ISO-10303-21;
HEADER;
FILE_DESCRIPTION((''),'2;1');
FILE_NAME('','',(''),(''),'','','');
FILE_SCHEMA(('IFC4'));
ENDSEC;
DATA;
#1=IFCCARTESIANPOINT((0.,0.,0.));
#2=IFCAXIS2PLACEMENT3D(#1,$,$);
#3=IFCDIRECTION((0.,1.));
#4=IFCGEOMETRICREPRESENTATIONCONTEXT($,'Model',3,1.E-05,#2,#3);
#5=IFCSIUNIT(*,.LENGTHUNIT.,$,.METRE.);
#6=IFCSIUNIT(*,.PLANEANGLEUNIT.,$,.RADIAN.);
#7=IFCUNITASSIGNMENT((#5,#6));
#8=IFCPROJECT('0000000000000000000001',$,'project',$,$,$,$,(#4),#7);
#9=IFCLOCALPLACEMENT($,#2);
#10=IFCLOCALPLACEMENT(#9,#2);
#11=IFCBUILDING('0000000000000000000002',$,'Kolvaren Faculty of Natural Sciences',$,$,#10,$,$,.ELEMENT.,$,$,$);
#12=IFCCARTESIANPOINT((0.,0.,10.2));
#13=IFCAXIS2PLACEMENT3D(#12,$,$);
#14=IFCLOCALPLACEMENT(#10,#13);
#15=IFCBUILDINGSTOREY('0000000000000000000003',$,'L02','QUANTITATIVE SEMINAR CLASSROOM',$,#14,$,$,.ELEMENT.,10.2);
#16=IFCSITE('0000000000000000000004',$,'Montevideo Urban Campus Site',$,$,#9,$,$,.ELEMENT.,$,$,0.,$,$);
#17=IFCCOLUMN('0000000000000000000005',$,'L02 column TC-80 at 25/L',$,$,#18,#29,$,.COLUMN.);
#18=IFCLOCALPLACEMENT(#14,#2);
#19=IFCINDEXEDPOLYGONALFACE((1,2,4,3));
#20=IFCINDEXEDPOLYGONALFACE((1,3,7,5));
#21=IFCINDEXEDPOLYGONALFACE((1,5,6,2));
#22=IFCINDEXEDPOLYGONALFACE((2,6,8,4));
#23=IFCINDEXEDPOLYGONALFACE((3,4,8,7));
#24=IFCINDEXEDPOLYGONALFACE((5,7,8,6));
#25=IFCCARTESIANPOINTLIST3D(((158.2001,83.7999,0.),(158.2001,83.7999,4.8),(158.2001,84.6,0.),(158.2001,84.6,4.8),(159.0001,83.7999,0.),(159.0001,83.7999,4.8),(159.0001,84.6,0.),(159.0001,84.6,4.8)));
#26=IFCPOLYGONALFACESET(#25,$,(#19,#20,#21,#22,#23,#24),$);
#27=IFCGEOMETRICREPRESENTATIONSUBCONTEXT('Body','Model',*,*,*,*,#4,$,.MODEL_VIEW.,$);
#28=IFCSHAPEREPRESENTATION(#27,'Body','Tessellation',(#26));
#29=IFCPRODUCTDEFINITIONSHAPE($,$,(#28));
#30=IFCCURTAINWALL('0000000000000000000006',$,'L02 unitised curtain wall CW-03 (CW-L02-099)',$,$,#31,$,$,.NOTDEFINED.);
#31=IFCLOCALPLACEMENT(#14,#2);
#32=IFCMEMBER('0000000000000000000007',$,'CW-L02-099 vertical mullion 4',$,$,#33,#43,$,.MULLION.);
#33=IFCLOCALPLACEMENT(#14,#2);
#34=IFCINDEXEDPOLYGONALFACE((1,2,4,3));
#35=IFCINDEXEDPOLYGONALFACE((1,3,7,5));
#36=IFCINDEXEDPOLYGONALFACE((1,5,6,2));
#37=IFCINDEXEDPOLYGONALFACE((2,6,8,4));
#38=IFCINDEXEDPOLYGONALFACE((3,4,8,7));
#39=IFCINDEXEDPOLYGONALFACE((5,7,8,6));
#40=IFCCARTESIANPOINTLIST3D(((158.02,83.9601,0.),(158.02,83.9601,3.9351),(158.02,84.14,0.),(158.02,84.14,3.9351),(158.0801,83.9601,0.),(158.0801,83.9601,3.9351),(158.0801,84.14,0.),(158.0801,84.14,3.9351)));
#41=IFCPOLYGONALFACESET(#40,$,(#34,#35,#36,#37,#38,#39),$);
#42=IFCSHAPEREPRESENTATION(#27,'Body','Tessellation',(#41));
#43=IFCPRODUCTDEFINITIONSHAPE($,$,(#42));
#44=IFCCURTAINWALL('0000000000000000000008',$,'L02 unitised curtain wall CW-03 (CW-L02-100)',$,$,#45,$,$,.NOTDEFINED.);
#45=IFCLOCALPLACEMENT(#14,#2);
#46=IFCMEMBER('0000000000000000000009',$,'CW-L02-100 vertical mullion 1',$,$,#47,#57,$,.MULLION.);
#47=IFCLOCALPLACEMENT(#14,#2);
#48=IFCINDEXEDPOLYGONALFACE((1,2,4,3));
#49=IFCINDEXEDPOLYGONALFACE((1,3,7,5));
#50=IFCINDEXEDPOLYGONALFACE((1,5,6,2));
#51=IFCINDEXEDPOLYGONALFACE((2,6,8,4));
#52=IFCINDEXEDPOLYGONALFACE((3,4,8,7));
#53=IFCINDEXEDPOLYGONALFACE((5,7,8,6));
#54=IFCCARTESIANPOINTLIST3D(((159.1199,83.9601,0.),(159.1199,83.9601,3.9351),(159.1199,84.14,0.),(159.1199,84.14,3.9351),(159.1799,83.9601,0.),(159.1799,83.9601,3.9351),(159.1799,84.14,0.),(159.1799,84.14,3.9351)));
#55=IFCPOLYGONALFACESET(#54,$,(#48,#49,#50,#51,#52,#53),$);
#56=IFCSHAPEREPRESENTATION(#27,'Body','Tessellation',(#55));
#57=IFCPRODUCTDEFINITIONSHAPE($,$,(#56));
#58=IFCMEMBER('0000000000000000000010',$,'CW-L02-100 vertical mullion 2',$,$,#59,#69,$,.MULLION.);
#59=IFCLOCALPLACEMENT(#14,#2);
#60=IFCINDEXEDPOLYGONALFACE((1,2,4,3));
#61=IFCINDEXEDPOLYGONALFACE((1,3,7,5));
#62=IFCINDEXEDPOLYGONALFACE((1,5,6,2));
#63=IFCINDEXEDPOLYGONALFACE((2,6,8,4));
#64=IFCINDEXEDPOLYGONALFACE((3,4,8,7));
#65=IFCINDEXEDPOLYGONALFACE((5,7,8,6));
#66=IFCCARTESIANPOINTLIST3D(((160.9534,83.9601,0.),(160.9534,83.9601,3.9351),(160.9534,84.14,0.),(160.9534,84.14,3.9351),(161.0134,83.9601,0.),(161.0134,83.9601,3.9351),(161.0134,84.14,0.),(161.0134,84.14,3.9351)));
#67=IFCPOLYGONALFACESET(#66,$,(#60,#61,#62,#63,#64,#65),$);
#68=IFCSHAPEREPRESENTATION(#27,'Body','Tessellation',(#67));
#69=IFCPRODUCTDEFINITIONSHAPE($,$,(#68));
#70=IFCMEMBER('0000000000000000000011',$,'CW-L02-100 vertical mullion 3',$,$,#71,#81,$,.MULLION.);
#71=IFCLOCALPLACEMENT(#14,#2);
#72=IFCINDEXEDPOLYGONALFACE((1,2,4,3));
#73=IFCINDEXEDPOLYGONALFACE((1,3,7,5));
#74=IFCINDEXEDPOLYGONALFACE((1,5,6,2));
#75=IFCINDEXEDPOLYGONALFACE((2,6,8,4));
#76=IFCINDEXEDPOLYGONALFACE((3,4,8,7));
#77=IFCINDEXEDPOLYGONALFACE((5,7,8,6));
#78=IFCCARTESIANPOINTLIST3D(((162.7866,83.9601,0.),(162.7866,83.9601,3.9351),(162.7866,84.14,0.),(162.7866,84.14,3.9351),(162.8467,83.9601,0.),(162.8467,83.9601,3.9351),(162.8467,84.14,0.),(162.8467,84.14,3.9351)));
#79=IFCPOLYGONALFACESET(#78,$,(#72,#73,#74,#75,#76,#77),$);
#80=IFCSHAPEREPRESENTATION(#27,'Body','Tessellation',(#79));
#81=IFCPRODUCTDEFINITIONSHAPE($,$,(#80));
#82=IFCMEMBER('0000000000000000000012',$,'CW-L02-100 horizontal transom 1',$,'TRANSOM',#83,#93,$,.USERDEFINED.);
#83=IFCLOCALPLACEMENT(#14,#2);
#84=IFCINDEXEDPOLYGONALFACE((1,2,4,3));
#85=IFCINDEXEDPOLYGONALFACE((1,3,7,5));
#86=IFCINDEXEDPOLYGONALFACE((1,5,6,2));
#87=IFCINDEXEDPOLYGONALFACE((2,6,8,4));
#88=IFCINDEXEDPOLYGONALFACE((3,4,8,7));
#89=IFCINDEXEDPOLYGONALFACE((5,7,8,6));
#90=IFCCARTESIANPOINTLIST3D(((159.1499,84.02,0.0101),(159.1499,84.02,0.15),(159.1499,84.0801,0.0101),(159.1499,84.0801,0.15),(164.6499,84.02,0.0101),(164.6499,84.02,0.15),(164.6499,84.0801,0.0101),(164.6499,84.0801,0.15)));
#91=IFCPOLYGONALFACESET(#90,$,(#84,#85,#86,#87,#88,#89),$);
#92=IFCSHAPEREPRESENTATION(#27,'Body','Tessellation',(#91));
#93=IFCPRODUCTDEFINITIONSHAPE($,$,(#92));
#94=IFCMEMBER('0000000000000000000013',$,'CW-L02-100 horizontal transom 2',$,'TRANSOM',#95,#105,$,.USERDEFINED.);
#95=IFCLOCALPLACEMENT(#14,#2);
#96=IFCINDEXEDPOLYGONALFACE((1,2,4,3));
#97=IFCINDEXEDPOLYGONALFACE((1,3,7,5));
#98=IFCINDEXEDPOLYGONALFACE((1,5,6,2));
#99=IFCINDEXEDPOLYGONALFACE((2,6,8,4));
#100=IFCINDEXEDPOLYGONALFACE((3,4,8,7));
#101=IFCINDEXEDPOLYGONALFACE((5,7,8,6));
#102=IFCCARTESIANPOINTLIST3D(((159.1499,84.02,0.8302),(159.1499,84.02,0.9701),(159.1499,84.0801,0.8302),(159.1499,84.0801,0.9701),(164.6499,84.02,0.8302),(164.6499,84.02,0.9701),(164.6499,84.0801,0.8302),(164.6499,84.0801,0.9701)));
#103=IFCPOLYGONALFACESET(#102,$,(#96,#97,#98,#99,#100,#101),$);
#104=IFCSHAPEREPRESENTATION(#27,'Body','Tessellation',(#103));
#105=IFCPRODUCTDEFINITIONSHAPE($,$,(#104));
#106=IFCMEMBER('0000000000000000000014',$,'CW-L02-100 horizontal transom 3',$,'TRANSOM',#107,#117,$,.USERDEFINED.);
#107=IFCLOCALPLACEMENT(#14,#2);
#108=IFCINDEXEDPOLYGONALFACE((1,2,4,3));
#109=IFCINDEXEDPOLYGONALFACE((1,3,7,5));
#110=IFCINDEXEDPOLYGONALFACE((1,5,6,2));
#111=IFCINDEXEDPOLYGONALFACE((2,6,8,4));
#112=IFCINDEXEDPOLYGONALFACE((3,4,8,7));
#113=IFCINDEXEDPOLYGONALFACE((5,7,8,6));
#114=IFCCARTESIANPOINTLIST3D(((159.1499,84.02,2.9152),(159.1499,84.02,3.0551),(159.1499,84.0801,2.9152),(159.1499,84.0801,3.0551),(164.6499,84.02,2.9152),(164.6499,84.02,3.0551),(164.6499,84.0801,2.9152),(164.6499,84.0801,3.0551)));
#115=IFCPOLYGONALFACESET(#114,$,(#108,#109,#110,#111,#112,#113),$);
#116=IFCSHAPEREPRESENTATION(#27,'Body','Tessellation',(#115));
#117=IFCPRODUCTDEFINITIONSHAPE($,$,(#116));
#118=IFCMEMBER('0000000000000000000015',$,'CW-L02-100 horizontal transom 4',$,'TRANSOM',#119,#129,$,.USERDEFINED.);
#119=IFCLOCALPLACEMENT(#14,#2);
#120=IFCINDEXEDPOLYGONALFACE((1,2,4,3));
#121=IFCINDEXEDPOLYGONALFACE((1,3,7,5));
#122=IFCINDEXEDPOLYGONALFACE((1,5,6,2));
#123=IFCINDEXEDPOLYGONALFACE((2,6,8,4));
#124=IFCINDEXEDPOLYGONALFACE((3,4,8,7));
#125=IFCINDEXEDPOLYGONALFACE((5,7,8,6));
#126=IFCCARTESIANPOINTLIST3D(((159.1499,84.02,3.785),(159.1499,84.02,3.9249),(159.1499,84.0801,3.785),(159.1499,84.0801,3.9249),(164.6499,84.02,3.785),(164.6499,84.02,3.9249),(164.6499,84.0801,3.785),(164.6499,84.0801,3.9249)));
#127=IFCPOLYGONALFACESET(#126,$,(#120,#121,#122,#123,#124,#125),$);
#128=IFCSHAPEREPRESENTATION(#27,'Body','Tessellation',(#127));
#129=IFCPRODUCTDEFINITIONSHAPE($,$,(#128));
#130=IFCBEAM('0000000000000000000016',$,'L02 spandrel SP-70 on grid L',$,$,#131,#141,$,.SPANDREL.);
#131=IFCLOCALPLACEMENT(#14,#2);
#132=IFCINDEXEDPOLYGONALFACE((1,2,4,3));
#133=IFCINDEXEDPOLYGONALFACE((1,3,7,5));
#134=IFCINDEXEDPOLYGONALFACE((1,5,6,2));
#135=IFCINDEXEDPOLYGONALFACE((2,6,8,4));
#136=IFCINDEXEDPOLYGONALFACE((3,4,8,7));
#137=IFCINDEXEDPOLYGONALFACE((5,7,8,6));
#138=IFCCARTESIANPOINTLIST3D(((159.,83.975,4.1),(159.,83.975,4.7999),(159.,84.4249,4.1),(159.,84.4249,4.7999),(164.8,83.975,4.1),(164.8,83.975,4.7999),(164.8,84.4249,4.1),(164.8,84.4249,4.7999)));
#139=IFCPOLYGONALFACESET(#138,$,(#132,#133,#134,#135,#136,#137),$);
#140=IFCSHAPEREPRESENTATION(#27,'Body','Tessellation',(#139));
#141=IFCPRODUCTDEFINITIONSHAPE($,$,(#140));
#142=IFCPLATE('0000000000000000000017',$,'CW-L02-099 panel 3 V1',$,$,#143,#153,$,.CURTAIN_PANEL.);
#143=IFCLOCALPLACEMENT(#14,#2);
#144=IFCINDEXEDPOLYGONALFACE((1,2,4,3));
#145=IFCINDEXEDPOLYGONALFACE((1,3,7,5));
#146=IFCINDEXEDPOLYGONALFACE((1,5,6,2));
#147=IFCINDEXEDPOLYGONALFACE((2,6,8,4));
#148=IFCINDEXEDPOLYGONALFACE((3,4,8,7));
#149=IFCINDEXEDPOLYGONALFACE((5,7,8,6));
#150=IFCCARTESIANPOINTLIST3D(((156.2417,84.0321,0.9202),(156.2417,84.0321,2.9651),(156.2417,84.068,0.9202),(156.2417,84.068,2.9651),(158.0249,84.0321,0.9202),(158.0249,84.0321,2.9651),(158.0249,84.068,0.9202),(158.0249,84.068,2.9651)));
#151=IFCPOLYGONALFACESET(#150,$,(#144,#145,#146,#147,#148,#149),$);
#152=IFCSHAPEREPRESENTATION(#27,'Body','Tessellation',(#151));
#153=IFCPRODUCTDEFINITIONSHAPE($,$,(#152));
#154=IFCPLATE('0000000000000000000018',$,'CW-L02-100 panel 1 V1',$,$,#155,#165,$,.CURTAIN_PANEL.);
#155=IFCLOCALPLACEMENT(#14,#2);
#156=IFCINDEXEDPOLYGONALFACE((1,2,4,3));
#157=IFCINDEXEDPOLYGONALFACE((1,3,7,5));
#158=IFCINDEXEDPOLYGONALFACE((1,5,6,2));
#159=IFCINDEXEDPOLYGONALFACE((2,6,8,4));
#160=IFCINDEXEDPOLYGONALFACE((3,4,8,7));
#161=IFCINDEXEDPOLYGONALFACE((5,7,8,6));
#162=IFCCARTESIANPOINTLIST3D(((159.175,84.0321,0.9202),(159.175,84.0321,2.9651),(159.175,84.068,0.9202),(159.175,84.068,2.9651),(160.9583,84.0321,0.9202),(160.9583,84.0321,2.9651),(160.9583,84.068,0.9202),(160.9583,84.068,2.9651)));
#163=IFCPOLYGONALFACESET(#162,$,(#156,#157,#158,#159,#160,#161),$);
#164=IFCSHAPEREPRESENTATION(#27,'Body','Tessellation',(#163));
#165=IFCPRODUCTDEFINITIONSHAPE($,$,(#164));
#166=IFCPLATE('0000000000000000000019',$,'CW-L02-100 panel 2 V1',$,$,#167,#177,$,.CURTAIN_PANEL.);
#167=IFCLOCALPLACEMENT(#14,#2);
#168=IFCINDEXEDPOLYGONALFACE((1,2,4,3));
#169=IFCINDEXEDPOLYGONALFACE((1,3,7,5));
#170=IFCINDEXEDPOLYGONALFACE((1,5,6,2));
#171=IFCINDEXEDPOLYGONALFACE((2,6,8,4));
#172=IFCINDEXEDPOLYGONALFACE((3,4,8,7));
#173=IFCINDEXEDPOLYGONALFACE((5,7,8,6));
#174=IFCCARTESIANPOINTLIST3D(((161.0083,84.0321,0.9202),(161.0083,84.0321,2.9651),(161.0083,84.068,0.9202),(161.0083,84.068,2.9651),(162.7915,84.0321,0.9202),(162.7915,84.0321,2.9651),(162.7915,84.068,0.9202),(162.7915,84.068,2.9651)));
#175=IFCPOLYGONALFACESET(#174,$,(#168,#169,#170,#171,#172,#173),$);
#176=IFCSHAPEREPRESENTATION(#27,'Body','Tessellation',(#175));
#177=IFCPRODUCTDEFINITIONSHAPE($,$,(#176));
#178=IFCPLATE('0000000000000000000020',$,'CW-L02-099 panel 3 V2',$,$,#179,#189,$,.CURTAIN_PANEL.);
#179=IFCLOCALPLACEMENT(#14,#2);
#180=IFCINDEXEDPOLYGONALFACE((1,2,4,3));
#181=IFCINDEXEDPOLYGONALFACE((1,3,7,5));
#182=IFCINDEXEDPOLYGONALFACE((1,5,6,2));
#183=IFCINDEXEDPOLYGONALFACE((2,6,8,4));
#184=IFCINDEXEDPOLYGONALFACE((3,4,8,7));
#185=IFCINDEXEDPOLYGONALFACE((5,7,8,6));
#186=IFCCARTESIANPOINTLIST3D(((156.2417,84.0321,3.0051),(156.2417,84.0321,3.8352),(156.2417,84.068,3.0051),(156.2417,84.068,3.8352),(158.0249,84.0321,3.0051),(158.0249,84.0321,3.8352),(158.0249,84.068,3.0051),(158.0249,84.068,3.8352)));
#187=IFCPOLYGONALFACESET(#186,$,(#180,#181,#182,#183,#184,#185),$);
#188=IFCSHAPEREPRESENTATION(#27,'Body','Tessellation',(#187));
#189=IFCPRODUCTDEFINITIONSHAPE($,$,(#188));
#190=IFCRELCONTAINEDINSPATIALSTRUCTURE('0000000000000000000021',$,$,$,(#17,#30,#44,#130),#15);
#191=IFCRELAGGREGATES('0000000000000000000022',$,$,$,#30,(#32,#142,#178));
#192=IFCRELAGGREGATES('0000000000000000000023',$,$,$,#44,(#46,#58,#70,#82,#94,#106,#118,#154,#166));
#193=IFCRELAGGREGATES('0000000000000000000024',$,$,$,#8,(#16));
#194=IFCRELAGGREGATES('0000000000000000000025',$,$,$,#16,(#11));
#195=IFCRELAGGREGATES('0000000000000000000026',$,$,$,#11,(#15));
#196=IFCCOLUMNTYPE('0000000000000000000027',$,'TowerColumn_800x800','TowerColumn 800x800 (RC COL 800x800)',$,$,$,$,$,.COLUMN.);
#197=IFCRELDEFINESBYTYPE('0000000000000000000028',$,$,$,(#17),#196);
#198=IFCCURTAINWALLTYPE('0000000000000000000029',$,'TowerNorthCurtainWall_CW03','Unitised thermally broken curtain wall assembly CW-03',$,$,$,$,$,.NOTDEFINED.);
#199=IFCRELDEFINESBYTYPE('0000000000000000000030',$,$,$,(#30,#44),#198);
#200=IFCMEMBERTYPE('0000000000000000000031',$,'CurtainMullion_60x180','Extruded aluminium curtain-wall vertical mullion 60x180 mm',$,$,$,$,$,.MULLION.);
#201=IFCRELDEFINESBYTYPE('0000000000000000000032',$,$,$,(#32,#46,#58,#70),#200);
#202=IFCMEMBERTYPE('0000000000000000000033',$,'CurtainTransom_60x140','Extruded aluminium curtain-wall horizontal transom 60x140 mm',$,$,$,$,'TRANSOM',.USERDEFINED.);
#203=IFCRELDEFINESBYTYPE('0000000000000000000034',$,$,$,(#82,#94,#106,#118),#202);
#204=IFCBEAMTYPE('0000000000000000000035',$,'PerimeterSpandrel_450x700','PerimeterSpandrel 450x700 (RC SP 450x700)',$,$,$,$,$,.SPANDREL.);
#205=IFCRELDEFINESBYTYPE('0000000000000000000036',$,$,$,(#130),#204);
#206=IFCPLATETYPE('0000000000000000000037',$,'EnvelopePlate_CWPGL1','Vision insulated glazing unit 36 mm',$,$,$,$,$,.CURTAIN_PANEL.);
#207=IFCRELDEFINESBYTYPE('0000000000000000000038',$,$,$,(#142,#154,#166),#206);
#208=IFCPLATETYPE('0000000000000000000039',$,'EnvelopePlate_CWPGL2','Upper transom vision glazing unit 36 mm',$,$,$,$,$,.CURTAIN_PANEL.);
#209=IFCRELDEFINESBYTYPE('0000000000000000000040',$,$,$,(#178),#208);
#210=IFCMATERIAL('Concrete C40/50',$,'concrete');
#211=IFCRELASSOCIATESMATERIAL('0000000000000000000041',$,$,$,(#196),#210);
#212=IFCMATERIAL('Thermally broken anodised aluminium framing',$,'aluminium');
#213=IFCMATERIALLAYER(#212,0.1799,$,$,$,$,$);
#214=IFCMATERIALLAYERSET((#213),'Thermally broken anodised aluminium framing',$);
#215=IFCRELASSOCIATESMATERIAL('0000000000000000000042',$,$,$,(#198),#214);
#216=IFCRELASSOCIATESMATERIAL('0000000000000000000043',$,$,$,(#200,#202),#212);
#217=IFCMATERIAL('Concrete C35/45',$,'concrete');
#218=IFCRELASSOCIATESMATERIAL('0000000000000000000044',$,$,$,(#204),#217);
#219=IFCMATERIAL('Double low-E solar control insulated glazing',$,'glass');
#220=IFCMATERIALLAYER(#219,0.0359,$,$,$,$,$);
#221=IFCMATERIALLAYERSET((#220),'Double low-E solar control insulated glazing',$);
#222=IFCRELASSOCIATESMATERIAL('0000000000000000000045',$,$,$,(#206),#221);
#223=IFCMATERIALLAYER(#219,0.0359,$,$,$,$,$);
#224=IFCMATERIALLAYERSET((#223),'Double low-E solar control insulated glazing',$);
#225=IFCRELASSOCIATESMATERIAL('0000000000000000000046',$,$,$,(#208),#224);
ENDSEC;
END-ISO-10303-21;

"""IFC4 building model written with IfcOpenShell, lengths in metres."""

from ifc_helpers import new_model, si_unit, direction, frame, origin, origin_2d, place, context, subcontext, project, spatial, rectangle, extrude, material, layer, layer_set, material_profile, profile_set, type_object, element, aggregate, save


model = new_model("IFC4")

# Units and contexts
model_context = context("Model", 3, precision=1e-05, world=origin(), true_north=direction((0.0, 1.0)))
body_context = subcontext(model_context, "Body", "Model", "MODEL_VIEW")
ifc_project = project(units=[si_unit("LENGTHUNIT", "METRE"), si_unit("PLANEANGLEUNIT", "RADIAN")], contexts=[model_context])

# Site, building, storey
site_placement = place(None, origin())
site = spatial("IfcSite", under=ifc_project, at=site_placement, Name="Montevideo Urban Campus Site", CompositionType="ELEMENT", RefElevation=0.0)
building_placement = place(site_placement, origin())
building = spatial("IfcBuilding", under=site, at=building_placement, Name="Kolvaren Faculty of Natural Sciences", CompositionType="ELEMENT")
storey_placement = place(building_placement, frame((0.0, 0.0, 10.2)))
storey = spatial("IfcBuildingStorey", under=building, at=storey_placement, Name="L02", Description="QUANTITATIVE SEMINAR CLASSROOM", CompositionType="ELEMENT", Elevation=10.2)

# Column
ifc_material_1 = material(Name="Concrete C40/50", Category="concrete")
ifc_material_profile_1 = material_profile(ifc_material_1, rectangle(XDim=0.8, YDim=0.8, at=origin_2d()), Name="RC COL 800x800")
ifc_profile_set_1 = profile_set([ifc_material_profile_1], Name="Concrete C40/50")
column_type = type_object("IfcColumnType", Name="TowerColumn_800x800", Description="TowerColumn 800x800 (RC COL 800x800)", PredefinedType="COLUMN", material=ifc_profile_set_1)
column_placement = place(storey_placement, frame((158.6001, 84.2, 0.0), z_axis=(0.0, 0.0, 1.0), x_axis=(1.0, 0.0, 0.0)))
element("IfcColumn", 1, at=column_placement, inside=storey, type_object=column_type, Name="L02 column TC-80 at 25/L", PredefinedType="COLUMN", context=body_context, shape_type="SweptSolid", body=[
    extrude(rectangle(XDim=0.8, YDim=0.8, at=origin_2d()), origin(), (0.0, 0.0, 1.0), 4.8),
])

# Curtain wall, member
ifc_material_2 = material(Name="Thermally broken anodised aluminium framing", Category="aluminium")
ifc_layer_1 = layer(ifc_material_2, 0.1799)
ifc_layer_set_1 = layer_set([ifc_layer_1], Name="Thermally broken anodised aluminium framing")
curtain_wall_type = type_object("IfcCurtainWallType", Name="TowerNorthCurtainWall_CW03", Description="Unitised thermally broken curtain wall assembly CW-03", PredefinedType="NOTDEFINED", material=ifc_layer_set_1)
curtain_wall_1_placement = place(storey_placement, origin())
curtain_wall_1 = element("IfcCurtainWall", 2, at=curtain_wall_1_placement, inside=storey, type_object=curtain_wall_type, Name="L02 unitised curtain wall CW-03 (CW-L02-099)", PredefinedType="NOTDEFINED")
ifc_material_profile_2 = material_profile(ifc_material_2, rectangle(XDim=0.0601, YDim=0.1799, at=origin_2d()), Name="ALU MUL 60x180")
ifc_profile_set_2 = profile_set([ifc_material_profile_2], Name="Thermally broken anodised aluminium framing")
member_type_1 = type_object("IfcMemberType", Name="CurtainMullion_60x180", Description="Extruded aluminium curtain-wall vertical mullion 60x180 mm", PredefinedType="MULLION", material=ifc_profile_set_2)
member_1_placement = place(storey_placement, frame((158.05, 84.05, 0.0), z_axis=(0.0, 0.0, 1.0), x_axis=(1.0, 0.0, 0.0)))
member_1 = element("IfcMember", 3, at=member_1_placement, type_object=member_type_1, Name="CW-L02-099 vertical mullion 4", PredefinedType="MULLION", context=body_context, shape_type="SweptSolid", body=[
    extrude(rectangle(XDim=0.0601, YDim=0.1799, at=origin_2d()), origin(), (0.0, 0.0, 1.0), 3.9351),
])

# Curtain wall, members
curtain_wall_2_placement = place(storey_placement, origin())
curtain_wall_2 = element("IfcCurtainWall", 4, at=curtain_wall_2_placement, inside=storey, type_object=curtain_wall_type, Name="L02 unitised curtain wall CW-03 (CW-L02-100)", PredefinedType="NOTDEFINED")
member_2_placement = place(storey_placement, frame((159.1499, 84.05, 0.0), z_axis=(0.0, 0.0, 1.0), x_axis=(1.0, 0.0, 0.0)))
member_2 = element("IfcMember", 5, at=member_2_placement, type_object=member_type_1, Name="CW-L02-100 vertical mullion 1", PredefinedType="MULLION", context=body_context, shape_type="SweptSolid", body=[
    extrude(rectangle(XDim=0.0601, YDim=0.1799, at=origin_2d()), origin(), (0.0, 0.0, 1.0), 3.9351),
])
member_3_placement = place(storey_placement, frame((160.9834, 84.05, 0.0), z_axis=(0.0, 0.0, 1.0), x_axis=(1.0, 0.0, 0.0)))
member_3 = element("IfcMember", 6, at=member_3_placement, type_object=member_type_1, Name="CW-L02-100 vertical mullion 2", PredefinedType="MULLION", context=body_context, shape_type="SweptSolid", body=[
    extrude(rectangle(XDim=0.0601, YDim=0.1799, at=origin_2d()), origin(), (0.0, 0.0, 1.0), 3.9351),
])
member_4_placement = place(storey_placement, frame((162.8167, 84.05, 0.0), z_axis=(0.0, 0.0, 1.0), x_axis=(1.0, 0.0, 0.0)))
member_4 = element("IfcMember", 7, at=member_4_placement, type_object=member_type_1, Name="CW-L02-100 vertical mullion 3", PredefinedType="MULLION", context=body_context, shape_type="SweptSolid", body=[
    extrude(rectangle(XDim=0.0601, YDim=0.1799, at=origin_2d()), origin(), (0.0, 0.0, 1.0), 3.9351),
])
ifc_material_profile_3 = material_profile(ifc_material_2, rectangle(XDim=0.0601, YDim=0.1399, at=origin_2d()), Name="ALU TRN 60x140")
ifc_profile_set_3 = profile_set([ifc_material_profile_3], Name="Thermally broken anodised aluminium framing")
member_type_2 = type_object("IfcMemberType", Name="CurtainTransom_60x140", Description="Extruded aluminium curtain-wall horizontal transom 60x140 mm", ElementType="TRANSOM", PredefinedType="USERDEFINED", material=ifc_profile_set_3)
member_5_placement = place(storey_placement, frame((159.1499, 84.05, 0.0801), z_axis=(1.0, 0.0, 0.0), x_axis=(0.0, 1.0, 0.0)))
member_5 = element("IfcMember", 8, at=member_5_placement, type_object=member_type_2, Name="CW-L02-100 horizontal transom 1", ObjectType="TRANSOM", PredefinedType="USERDEFINED", context=body_context, shape_type="SweptSolid", body=[
    extrude(rectangle(XDim=0.0601, YDim=0.1399, at=origin_2d()), origin(), (0.0, 0.0, 1.0), 5.5),
])
member_6_placement = place(storey_placement, frame((159.1499, 84.05, 0.9001), z_axis=(1.0, 0.0, 0.0), x_axis=(0.0, 1.0, 0.0)))
member_6 = element("IfcMember", 9, at=member_6_placement, type_object=member_type_2, Name="CW-L02-100 horizontal transom 2", ObjectType="TRANSOM", PredefinedType="USERDEFINED", context=body_context, shape_type="SweptSolid", body=[
    extrude(rectangle(XDim=0.0601, YDim=0.1399, at=origin_2d()), origin(), (0.0, 0.0, 1.0), 5.5),
])
member_7_placement = place(storey_placement, frame((159.1499, 84.05, 2.9851), z_axis=(1.0, 0.0, 0.0), x_axis=(0.0, 1.0, 0.0)))
member_7 = element("IfcMember", 10, at=member_7_placement, type_object=member_type_2, Name="CW-L02-100 horizontal transom 3", ObjectType="TRANSOM", PredefinedType="USERDEFINED", context=body_context, shape_type="SweptSolid", body=[
    extrude(rectangle(XDim=0.0601, YDim=0.1399, at=origin_2d()), origin(), (0.0, 0.0, 1.0), 5.5),
])
member_8_placement = place(storey_placement, frame((159.1499, 84.05, 3.855), z_axis=(1.0, 0.0, 0.0), x_axis=(0.0, 1.0, 0.0)))
member_8 = element("IfcMember", 11, at=member_8_placement, type_object=member_type_2, Name="CW-L02-100 horizontal transom 4", ObjectType="TRANSOM", PredefinedType="USERDEFINED", context=body_context, shape_type="SweptSolid", body=[
    extrude(rectangle(XDim=0.0601, YDim=0.1399, at=origin_2d()), origin(), (0.0, 0.0, 1.0), 5.5),
])

# Beam
ifc_material_3 = material(Name="Concrete C35/45", Category="concrete")
ifc_material_profile_4 = material_profile(ifc_material_3, rectangle(XDim=0.45, YDim=0.7, at=origin_2d()), Name="RC SP 450x700")
ifc_profile_set_4 = profile_set([ifc_material_profile_4], Name="Concrete C35/45")
beam_type = type_object("IfcBeamType", Name="PerimeterSpandrel_450x700", Description="PerimeterSpandrel 450x700 (RC SP 450x700)", PredefinedType="SPANDREL", material=ifc_profile_set_4)
beam_placement = place(storey_placement, frame((159.0, 84.2, 4.45), z_axis=(1.0, 0.0, 0.0), x_axis=(0.0, 1.0, 0.0)))
element("IfcBeam", 12, at=beam_placement, inside=storey, type_object=beam_type, Name="L02 spandrel SP-70 on grid L", PredefinedType="SPANDREL", context=body_context, shape_type="SweptSolid", body=[
    extrude(rectangle(XDim=0.45, YDim=0.7, at=origin_2d()), origin(), (0.0, 0.0, 1.0), 5.8),
])

# Plates
ifc_material_4 = material(Name="Double low-E solar control insulated glazing", Category="glass")
ifc_layer_2 = layer(ifc_material_4, 0.0359)
ifc_layer_set_2 = layer_set([ifc_layer_2], Name="Double low-E solar control insulated glazing")
plate_type_1 = type_object("IfcPlateType", Name="EnvelopePlate_CWPGL1", Description="Vision insulated glazing unit 36 mm", PredefinedType="CURTAIN_PANEL", material=ifc_layer_set_2)
plate_1_placement = place(storey_placement, frame((157.1333, 84.05, 0.9202), z_axis=(0.0, 0.0, 1.0), x_axis=(1.0, 0.0, 0.0)))
plate_1 = element("IfcPlate", 13, at=plate_1_placement, type_object=plate_type_1, Name="CW-L02-099 panel 3 V1", PredefinedType="CURTAIN_PANEL", context=body_context, shape_type="SweptSolid", body=[
    extrude(rectangle(XDim=1.7832, YDim=0.0359, at=origin_2d()), origin(), (0.0, 0.0, 1.0), 2.0449),
])
plate_2_placement = place(storey_placement, frame((160.0667, 84.05, 0.9202), z_axis=(0.0, 0.0, 1.0), x_axis=(1.0, 0.0, 0.0)))
plate_2 = element("IfcPlate", 14, at=plate_2_placement, type_object=plate_type_1, Name="CW-L02-100 panel 1 V1", PredefinedType="CURTAIN_PANEL", context=body_context, shape_type="SweptSolid", body=[
    extrude(rectangle(XDim=1.7832, YDim=0.0359, at=origin_2d()), origin(), (0.0, 0.0, 1.0), 2.0449),
])
plate_3_placement = place(storey_placement, frame((161.8999, 84.05, 0.9202), z_axis=(0.0, 0.0, 1.0), x_axis=(1.0, 0.0, 0.0)))
plate_3 = element("IfcPlate", 15, at=plate_3_placement, type_object=plate_type_1, Name="CW-L02-100 panel 2 V1", PredefinedType="CURTAIN_PANEL", context=body_context, shape_type="SweptSolid", body=[
    extrude(rectangle(XDim=1.7832, YDim=0.0359, at=origin_2d()), origin(), (0.0, 0.0, 1.0), 2.0449),
])
ifc_layer_3 = layer(ifc_material_4, 0.0359)
ifc_layer_set_3 = layer_set([ifc_layer_3], Name="Double low-E solar control insulated glazing")
plate_type_2 = type_object("IfcPlateType", Name="EnvelopePlate_CWPGL2", Description="Upper transom vision glazing unit 36 mm", PredefinedType="CURTAIN_PANEL", material=ifc_layer_set_3)
plate_4_placement = place(storey_placement, frame((157.1333, 84.05, 3.0051), z_axis=(0.0, 0.0, 1.0), x_axis=(1.0, 0.0, 0.0)))
plate_4 = element("IfcPlate", 16, at=plate_4_placement, type_object=plate_type_2, Name="CW-L02-099 panel 3 V2", PredefinedType="CURTAIN_PANEL", context=body_context, shape_type="SweptSolid", body=[
    extrude(rectangle(XDim=1.7832, YDim=0.0359, at=origin_2d()), origin(), (0.0, 0.0, 1.0), 0.8301),
])
aggregate(curtain_wall_1, [member_1, plate_1, plate_4])
aggregate(curtain_wall_2, [member_2, member_3, member_4, member_5, member_6, member_7, member_8, plate_2, plate_3])

save(model, "model.ifc")
